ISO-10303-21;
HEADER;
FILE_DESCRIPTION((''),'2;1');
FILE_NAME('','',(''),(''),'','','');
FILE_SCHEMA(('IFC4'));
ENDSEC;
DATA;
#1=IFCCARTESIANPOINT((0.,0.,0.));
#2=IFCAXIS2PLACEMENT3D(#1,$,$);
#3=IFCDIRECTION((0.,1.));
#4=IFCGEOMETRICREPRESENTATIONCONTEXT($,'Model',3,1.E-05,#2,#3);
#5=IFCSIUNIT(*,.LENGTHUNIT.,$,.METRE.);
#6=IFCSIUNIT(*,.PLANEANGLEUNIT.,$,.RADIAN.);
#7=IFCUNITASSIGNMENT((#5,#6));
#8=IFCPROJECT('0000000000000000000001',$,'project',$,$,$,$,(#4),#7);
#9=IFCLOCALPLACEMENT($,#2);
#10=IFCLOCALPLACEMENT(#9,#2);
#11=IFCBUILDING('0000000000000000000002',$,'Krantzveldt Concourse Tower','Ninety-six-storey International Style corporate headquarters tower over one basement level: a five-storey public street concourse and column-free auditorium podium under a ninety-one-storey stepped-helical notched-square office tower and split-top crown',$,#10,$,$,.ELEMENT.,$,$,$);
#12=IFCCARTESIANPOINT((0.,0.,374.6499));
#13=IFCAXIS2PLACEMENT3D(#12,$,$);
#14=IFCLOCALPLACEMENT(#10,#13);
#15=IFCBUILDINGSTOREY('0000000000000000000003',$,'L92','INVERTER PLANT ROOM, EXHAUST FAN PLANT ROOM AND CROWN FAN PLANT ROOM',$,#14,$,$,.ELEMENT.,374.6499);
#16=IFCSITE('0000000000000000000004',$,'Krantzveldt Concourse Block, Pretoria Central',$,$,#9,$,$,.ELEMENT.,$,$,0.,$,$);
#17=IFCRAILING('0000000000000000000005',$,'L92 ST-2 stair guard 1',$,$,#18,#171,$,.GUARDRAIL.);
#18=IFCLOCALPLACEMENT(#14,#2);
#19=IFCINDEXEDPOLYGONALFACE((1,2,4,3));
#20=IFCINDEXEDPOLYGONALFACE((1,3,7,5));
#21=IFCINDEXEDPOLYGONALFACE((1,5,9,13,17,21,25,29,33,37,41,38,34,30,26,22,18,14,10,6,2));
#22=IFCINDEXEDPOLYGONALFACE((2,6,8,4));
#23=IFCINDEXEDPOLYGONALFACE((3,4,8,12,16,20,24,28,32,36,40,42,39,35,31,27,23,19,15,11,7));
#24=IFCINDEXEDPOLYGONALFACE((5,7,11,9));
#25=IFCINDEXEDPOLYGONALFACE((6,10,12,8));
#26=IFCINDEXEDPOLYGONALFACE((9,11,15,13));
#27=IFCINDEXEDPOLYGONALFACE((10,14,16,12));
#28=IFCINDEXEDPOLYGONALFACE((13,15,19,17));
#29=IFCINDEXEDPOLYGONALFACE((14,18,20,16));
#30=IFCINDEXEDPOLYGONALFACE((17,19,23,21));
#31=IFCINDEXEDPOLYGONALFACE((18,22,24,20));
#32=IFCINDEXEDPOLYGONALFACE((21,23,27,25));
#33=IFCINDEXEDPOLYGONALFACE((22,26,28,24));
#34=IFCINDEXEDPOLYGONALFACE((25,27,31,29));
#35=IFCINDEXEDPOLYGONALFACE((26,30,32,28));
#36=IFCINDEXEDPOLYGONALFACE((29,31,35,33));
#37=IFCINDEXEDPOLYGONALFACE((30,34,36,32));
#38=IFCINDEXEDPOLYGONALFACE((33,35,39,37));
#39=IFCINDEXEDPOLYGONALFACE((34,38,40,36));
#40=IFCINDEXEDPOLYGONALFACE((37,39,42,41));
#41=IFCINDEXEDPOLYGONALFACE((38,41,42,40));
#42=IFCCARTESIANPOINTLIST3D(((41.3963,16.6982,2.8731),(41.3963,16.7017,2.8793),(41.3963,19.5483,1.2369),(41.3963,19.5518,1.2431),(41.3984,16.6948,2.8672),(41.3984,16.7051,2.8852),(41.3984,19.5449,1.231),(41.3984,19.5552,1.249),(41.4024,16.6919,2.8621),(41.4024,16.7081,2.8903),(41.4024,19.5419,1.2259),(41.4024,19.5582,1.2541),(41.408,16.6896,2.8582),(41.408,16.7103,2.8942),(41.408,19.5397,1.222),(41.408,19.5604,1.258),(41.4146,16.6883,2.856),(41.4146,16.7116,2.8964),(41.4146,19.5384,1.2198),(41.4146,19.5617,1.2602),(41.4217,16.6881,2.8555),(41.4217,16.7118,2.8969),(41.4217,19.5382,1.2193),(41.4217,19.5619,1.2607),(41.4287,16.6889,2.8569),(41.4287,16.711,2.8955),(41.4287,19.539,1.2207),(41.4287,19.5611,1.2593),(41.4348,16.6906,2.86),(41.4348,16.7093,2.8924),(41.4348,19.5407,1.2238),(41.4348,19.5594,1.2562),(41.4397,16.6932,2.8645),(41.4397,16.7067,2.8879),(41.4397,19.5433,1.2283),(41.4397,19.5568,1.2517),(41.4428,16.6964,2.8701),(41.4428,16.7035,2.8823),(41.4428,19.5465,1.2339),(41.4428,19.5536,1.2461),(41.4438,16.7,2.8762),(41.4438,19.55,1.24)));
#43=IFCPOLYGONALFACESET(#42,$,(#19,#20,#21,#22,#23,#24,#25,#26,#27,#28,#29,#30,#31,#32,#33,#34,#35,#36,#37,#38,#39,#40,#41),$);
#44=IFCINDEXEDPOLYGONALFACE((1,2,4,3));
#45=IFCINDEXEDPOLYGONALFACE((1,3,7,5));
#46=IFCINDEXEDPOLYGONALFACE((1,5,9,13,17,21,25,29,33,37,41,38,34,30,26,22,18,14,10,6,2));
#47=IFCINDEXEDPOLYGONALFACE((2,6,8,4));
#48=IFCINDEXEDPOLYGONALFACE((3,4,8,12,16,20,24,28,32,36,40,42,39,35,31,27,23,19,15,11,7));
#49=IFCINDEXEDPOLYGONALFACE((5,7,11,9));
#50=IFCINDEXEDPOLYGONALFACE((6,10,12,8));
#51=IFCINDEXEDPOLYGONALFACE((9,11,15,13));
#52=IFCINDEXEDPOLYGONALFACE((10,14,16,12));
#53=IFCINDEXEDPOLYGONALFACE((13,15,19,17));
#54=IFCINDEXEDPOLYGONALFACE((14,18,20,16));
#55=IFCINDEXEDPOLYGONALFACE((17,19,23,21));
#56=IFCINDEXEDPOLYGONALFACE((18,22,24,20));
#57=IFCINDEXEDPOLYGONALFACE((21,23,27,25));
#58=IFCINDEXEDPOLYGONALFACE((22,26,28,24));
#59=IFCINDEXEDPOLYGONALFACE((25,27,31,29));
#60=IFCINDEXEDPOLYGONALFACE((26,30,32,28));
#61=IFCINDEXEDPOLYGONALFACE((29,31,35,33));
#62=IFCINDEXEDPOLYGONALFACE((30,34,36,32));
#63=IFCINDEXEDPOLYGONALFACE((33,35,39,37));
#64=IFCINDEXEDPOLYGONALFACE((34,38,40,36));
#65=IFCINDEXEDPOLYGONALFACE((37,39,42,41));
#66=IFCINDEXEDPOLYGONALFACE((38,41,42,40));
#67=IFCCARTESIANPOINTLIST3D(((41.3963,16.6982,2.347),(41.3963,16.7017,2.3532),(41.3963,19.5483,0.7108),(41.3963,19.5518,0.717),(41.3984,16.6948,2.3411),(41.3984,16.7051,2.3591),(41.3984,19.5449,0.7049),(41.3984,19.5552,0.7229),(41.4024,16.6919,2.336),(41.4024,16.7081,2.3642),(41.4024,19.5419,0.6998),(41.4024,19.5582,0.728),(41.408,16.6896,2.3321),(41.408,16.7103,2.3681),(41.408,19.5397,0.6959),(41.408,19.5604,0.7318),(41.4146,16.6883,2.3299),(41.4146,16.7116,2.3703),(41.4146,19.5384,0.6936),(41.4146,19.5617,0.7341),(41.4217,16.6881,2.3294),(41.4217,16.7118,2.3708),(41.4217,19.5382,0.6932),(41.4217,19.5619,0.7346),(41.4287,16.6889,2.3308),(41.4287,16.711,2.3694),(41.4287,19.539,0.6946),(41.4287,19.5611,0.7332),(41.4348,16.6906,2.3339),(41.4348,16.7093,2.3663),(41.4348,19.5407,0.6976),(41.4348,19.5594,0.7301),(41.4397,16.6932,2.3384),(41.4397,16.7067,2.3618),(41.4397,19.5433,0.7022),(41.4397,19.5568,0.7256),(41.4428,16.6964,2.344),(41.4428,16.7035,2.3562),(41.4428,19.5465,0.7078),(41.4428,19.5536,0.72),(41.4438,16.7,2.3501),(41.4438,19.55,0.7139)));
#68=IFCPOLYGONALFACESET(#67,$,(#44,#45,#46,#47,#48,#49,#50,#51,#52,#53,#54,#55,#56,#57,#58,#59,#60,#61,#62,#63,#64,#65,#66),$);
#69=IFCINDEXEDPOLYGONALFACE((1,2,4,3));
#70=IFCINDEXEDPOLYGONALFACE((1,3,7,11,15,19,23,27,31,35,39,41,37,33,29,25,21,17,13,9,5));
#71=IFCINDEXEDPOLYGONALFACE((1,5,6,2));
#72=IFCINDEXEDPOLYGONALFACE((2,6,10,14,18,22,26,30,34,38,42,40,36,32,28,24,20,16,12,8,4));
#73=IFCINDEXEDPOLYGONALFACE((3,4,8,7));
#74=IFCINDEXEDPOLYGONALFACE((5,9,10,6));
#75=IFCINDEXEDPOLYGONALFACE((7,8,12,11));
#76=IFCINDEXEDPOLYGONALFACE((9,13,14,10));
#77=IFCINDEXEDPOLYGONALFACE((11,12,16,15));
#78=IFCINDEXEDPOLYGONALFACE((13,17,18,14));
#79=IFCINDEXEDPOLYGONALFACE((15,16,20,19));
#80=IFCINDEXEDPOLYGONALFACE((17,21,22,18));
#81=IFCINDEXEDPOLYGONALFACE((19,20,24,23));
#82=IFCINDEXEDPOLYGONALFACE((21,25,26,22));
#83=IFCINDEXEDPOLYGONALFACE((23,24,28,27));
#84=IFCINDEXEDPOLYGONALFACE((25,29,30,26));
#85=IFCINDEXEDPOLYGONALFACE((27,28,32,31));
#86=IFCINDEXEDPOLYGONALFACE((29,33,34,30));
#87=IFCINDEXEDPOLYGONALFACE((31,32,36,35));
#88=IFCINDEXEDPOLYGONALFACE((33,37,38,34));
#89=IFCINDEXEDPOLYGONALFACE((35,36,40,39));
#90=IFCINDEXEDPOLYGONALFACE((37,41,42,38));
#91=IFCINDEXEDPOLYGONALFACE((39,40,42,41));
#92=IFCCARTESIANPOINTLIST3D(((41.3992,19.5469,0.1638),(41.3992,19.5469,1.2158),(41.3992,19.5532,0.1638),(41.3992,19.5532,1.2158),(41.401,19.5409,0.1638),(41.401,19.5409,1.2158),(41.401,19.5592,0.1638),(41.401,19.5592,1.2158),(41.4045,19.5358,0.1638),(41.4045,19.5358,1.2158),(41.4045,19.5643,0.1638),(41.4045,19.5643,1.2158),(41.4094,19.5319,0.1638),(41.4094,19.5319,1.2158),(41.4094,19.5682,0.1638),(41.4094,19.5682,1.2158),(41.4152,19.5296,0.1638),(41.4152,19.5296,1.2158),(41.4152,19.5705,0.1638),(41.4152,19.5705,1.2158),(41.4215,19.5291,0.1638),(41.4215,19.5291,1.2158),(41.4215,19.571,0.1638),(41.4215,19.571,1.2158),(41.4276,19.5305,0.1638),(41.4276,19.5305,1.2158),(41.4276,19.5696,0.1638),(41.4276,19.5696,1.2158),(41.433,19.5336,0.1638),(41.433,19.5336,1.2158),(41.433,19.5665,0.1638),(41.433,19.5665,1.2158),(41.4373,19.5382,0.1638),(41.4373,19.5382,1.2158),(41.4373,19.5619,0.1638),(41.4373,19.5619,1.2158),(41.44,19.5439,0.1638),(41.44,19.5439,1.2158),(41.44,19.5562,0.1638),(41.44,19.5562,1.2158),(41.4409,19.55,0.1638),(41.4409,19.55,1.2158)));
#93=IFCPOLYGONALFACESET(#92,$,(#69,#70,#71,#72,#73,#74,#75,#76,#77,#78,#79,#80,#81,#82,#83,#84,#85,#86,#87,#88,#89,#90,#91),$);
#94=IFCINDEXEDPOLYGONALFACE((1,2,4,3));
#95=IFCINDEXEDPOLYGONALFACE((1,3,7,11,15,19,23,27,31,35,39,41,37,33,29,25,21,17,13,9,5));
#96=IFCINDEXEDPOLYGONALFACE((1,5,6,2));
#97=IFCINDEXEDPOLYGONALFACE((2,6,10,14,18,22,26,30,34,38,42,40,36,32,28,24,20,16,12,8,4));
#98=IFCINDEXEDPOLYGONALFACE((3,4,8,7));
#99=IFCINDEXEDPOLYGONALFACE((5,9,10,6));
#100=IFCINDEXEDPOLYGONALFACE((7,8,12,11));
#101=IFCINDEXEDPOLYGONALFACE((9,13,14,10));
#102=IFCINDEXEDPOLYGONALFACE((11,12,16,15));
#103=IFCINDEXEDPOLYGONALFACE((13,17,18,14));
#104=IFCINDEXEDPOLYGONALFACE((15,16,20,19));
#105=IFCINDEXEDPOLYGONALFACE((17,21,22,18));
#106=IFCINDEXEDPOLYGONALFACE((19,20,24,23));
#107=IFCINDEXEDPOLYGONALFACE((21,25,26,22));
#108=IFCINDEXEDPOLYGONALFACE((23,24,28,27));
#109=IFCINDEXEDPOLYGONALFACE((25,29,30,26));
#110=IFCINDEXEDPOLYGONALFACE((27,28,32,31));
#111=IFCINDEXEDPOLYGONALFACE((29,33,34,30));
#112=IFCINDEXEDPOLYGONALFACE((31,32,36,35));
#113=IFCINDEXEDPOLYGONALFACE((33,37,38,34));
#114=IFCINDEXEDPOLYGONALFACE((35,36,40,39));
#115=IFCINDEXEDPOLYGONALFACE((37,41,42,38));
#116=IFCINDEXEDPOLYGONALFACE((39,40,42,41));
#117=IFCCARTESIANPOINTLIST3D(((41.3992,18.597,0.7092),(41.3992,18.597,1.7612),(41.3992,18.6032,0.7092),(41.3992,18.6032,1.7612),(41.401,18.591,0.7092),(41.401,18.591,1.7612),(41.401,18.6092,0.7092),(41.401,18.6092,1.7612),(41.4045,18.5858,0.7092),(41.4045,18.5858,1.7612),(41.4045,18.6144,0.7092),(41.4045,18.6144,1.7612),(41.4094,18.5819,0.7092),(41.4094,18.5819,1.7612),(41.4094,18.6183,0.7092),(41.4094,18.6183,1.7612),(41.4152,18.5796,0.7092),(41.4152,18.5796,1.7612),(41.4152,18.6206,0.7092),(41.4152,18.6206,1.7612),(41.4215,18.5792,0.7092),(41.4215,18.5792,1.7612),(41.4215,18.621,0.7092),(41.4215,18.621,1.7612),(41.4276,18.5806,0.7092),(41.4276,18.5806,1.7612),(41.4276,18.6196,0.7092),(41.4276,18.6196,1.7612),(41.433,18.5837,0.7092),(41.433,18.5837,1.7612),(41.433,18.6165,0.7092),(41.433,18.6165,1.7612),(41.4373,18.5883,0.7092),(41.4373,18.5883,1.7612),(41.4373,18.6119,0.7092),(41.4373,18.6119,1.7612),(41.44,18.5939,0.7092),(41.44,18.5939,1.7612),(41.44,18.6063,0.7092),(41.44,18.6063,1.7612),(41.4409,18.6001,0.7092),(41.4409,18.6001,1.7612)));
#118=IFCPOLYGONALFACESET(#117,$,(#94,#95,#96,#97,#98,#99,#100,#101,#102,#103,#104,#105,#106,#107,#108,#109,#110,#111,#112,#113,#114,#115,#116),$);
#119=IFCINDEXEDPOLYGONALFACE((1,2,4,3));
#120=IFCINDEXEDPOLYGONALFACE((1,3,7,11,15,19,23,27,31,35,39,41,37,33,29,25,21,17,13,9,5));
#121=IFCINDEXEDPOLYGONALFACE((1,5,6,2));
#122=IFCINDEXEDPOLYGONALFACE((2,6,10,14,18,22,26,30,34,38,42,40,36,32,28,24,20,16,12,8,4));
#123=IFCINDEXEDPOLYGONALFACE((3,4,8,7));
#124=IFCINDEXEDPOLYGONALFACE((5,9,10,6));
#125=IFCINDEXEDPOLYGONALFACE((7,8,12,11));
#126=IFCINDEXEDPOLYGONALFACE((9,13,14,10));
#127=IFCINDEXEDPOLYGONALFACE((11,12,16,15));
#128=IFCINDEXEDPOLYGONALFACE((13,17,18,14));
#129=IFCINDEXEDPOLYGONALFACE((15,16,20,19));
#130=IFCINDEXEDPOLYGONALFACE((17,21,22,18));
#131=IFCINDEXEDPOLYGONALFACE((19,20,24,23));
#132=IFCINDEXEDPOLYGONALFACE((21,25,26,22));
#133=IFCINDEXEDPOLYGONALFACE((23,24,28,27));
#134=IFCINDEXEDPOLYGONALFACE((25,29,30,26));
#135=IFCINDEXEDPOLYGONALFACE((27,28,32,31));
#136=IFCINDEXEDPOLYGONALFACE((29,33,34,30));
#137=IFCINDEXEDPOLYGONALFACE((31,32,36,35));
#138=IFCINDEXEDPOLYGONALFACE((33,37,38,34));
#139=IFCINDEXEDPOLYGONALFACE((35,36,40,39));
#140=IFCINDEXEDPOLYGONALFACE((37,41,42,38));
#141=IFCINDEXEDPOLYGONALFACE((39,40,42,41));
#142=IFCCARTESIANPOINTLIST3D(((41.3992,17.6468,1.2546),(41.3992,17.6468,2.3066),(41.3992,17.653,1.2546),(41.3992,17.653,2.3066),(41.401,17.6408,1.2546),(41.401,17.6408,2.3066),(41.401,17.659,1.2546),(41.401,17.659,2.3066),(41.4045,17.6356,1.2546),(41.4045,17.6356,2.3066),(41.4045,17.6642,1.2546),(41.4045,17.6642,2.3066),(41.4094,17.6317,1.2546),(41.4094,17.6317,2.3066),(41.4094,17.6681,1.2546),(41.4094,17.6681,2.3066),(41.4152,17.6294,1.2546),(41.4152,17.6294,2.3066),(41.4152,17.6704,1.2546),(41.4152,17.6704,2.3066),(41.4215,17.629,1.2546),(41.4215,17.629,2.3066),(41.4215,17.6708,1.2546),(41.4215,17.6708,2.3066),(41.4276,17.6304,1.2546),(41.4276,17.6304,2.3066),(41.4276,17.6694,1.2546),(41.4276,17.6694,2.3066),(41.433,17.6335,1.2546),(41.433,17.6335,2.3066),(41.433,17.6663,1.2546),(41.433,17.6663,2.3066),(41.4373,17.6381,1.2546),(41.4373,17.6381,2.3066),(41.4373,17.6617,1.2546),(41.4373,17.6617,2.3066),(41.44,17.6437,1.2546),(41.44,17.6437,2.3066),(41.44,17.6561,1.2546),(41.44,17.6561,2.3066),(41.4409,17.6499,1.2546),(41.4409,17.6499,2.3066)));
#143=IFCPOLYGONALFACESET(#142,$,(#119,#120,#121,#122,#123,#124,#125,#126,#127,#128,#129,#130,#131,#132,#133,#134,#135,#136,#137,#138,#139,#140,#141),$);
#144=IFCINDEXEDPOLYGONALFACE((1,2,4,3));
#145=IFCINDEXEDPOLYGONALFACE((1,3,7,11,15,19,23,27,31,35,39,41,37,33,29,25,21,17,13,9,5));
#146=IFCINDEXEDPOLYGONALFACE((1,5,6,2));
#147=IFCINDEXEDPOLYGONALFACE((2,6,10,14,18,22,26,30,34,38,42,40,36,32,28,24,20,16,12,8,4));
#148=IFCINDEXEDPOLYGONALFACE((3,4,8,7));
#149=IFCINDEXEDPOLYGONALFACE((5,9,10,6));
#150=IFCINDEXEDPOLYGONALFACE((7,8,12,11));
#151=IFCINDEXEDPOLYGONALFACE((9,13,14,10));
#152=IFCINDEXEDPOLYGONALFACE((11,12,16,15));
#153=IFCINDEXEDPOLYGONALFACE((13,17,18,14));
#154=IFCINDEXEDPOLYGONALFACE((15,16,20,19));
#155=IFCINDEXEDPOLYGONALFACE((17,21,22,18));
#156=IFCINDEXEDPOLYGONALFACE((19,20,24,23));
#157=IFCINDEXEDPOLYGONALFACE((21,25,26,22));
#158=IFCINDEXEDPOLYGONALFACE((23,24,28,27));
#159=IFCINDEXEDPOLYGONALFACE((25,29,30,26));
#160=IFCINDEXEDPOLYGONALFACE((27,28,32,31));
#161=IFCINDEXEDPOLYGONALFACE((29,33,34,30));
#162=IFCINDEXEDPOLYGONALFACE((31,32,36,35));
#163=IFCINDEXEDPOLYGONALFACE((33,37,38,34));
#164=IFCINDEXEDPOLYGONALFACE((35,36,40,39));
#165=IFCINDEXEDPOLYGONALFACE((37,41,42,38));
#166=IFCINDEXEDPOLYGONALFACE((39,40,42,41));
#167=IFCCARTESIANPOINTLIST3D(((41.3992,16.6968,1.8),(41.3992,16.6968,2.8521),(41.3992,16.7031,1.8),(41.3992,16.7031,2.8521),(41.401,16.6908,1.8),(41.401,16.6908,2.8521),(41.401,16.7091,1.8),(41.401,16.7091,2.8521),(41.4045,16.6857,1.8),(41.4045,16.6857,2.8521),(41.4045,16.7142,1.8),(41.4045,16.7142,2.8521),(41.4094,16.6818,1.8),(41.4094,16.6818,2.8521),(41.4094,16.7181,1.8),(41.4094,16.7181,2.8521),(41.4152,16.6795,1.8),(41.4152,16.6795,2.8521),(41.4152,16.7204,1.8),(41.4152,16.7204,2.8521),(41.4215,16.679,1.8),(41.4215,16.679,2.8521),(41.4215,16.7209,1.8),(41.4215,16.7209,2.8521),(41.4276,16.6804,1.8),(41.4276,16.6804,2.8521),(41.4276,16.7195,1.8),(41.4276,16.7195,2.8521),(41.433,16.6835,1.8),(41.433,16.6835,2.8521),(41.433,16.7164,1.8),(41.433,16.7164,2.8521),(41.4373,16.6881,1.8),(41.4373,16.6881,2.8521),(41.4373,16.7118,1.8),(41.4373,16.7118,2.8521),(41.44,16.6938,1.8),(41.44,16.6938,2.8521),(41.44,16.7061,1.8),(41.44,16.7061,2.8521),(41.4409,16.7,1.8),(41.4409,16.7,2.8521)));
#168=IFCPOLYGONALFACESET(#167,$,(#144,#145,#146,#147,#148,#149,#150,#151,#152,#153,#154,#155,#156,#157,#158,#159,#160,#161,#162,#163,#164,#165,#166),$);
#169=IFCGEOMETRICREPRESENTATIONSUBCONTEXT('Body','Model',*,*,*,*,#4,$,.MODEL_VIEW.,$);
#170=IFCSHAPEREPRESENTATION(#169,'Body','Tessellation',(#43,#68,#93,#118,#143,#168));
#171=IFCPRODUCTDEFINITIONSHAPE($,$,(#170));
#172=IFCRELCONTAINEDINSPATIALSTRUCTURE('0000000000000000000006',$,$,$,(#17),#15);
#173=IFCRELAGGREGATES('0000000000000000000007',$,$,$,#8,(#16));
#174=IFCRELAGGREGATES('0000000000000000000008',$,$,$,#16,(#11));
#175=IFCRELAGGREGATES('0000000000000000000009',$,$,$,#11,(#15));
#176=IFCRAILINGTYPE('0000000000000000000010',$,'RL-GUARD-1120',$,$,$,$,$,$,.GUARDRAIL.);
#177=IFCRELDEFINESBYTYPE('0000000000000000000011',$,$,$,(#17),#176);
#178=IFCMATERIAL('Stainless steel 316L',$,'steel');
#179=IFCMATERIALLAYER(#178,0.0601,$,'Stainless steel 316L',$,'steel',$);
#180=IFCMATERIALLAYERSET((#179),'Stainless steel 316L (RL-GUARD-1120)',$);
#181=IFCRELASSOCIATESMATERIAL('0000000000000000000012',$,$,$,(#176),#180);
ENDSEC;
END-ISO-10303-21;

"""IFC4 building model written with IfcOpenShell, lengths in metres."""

from ifc_helpers import new_model, si_unit, direction, frame, origin, origin_2d, place, context, subcontext, project, spatial, circle, extrude, material, layer, layer_set, type_object, element, save


model = new_model("IFC4")

# Units and contexts
model_context = context("Model", 3, precision=1e-05, world=origin(), true_north=direction((0.0, 1.0)))
body_context = subcontext(model_context, "Body", "Model", "MODEL_VIEW")
ifc_project = project(units=[si_unit("LENGTHUNIT", "METRE"), si_unit("PLANEANGLEUNIT", "RADIAN")], contexts=[model_context])

# Site, building, storey
site_placement = place(None, origin())
site = spatial("IfcSite", under=ifc_project, at=site_placement, Name="Krantzveldt Concourse Block, Pretoria Central", CompositionType="ELEMENT", RefElevation=0.0)
building_placement = place(site_placement, origin())
building = spatial("IfcBuilding", under=site, at=building_placement, Name="Krantzveldt Concourse Tower", Description="Ninety-six-storey International Style corporate headquarters tower over one basement level: a five-storey public street concourse and column-free auditorium podium under a ninety-one-storey stepped-helical notched-square office tower and split-top crown", CompositionType="ELEMENT")
storey_placement = place(building_placement, frame((0.0, 0.0, 374.6499)))
storey = spatial("IfcBuildingStorey", under=building, at=storey_placement, Name="L92", Description="INVERTER PLANT ROOM, EXHAUST FAN PLANT ROOM AND CROWN FAN PLANT ROOM", CompositionType="ELEMENT", Elevation=374.6499)

# Shared definitions
ifc_material_1 = material(Name="Stainless steel 316L", Category="steel")

# Railing
ifc_layer_1 = layer(ifc_material_1, 0.0601, Name="Stainless steel 316L", Category="steel")
ifc_layer_set_1 = layer_set([ifc_layer_1], Name="Stainless steel 316L (RL-GUARD-1120)")
railing_type_1 = type_object("IfcRailingType", Name="RL-GUARD-1120", PredefinedType="GUARDRAIL", material=ifc_layer_set_1)
railing_1_placement = place(storey_placement, frame((41.4199, 19.55, 0.1638)))
element("IfcRailing", 1, at=railing_1_placement, inside=storey, type_object=railing_type_1, Name="L92 ST-2 stair guard 1", PredefinedType="GUARDRAIL", context=body_context, shape_type="SweptSolid", body=[
    extrude(circle(Radius=0.0239, at=origin_2d()), frame((0.0, 0.0, 1.0762), z_axis=(0.0, -0.867245, 0.497882), x_axis=(1.0, 0.0, 0.0)), (0.0, 0.0, 1.0), 3.2864),
    extrude(circle(Radius=0.0239, at=origin_2d()), frame((0.0, 0.0, 0.55), z_axis=(0.0, -0.867245, 0.497882), x_axis=(1.0, 0.0, 0.0)), (0.0, 0.0, 1.0), 3.2864),
    extrude(circle(Radius=0.021, at=origin_2d()), origin(), (0.0, 0.0, 1.0), 1.052),
    extrude(circle(Radius=0.021, at=origin_2d()), frame((0.0, -0.95, 0.5454)), (0.0, 0.0, 1.0), 1.052),
    extrude(circle(Radius=0.021, at=origin_2d()), frame((0.0, -1.9001, 1.0908)), (0.0, 0.0, 1.0), 1.052),
    extrude(circle(Radius=0.021, at=origin_2d()), frame((0.0, -2.8501, 1.6362)), (0.0, 0.0, 1.0), 1.052),
])

save(model, "model.ifc")
